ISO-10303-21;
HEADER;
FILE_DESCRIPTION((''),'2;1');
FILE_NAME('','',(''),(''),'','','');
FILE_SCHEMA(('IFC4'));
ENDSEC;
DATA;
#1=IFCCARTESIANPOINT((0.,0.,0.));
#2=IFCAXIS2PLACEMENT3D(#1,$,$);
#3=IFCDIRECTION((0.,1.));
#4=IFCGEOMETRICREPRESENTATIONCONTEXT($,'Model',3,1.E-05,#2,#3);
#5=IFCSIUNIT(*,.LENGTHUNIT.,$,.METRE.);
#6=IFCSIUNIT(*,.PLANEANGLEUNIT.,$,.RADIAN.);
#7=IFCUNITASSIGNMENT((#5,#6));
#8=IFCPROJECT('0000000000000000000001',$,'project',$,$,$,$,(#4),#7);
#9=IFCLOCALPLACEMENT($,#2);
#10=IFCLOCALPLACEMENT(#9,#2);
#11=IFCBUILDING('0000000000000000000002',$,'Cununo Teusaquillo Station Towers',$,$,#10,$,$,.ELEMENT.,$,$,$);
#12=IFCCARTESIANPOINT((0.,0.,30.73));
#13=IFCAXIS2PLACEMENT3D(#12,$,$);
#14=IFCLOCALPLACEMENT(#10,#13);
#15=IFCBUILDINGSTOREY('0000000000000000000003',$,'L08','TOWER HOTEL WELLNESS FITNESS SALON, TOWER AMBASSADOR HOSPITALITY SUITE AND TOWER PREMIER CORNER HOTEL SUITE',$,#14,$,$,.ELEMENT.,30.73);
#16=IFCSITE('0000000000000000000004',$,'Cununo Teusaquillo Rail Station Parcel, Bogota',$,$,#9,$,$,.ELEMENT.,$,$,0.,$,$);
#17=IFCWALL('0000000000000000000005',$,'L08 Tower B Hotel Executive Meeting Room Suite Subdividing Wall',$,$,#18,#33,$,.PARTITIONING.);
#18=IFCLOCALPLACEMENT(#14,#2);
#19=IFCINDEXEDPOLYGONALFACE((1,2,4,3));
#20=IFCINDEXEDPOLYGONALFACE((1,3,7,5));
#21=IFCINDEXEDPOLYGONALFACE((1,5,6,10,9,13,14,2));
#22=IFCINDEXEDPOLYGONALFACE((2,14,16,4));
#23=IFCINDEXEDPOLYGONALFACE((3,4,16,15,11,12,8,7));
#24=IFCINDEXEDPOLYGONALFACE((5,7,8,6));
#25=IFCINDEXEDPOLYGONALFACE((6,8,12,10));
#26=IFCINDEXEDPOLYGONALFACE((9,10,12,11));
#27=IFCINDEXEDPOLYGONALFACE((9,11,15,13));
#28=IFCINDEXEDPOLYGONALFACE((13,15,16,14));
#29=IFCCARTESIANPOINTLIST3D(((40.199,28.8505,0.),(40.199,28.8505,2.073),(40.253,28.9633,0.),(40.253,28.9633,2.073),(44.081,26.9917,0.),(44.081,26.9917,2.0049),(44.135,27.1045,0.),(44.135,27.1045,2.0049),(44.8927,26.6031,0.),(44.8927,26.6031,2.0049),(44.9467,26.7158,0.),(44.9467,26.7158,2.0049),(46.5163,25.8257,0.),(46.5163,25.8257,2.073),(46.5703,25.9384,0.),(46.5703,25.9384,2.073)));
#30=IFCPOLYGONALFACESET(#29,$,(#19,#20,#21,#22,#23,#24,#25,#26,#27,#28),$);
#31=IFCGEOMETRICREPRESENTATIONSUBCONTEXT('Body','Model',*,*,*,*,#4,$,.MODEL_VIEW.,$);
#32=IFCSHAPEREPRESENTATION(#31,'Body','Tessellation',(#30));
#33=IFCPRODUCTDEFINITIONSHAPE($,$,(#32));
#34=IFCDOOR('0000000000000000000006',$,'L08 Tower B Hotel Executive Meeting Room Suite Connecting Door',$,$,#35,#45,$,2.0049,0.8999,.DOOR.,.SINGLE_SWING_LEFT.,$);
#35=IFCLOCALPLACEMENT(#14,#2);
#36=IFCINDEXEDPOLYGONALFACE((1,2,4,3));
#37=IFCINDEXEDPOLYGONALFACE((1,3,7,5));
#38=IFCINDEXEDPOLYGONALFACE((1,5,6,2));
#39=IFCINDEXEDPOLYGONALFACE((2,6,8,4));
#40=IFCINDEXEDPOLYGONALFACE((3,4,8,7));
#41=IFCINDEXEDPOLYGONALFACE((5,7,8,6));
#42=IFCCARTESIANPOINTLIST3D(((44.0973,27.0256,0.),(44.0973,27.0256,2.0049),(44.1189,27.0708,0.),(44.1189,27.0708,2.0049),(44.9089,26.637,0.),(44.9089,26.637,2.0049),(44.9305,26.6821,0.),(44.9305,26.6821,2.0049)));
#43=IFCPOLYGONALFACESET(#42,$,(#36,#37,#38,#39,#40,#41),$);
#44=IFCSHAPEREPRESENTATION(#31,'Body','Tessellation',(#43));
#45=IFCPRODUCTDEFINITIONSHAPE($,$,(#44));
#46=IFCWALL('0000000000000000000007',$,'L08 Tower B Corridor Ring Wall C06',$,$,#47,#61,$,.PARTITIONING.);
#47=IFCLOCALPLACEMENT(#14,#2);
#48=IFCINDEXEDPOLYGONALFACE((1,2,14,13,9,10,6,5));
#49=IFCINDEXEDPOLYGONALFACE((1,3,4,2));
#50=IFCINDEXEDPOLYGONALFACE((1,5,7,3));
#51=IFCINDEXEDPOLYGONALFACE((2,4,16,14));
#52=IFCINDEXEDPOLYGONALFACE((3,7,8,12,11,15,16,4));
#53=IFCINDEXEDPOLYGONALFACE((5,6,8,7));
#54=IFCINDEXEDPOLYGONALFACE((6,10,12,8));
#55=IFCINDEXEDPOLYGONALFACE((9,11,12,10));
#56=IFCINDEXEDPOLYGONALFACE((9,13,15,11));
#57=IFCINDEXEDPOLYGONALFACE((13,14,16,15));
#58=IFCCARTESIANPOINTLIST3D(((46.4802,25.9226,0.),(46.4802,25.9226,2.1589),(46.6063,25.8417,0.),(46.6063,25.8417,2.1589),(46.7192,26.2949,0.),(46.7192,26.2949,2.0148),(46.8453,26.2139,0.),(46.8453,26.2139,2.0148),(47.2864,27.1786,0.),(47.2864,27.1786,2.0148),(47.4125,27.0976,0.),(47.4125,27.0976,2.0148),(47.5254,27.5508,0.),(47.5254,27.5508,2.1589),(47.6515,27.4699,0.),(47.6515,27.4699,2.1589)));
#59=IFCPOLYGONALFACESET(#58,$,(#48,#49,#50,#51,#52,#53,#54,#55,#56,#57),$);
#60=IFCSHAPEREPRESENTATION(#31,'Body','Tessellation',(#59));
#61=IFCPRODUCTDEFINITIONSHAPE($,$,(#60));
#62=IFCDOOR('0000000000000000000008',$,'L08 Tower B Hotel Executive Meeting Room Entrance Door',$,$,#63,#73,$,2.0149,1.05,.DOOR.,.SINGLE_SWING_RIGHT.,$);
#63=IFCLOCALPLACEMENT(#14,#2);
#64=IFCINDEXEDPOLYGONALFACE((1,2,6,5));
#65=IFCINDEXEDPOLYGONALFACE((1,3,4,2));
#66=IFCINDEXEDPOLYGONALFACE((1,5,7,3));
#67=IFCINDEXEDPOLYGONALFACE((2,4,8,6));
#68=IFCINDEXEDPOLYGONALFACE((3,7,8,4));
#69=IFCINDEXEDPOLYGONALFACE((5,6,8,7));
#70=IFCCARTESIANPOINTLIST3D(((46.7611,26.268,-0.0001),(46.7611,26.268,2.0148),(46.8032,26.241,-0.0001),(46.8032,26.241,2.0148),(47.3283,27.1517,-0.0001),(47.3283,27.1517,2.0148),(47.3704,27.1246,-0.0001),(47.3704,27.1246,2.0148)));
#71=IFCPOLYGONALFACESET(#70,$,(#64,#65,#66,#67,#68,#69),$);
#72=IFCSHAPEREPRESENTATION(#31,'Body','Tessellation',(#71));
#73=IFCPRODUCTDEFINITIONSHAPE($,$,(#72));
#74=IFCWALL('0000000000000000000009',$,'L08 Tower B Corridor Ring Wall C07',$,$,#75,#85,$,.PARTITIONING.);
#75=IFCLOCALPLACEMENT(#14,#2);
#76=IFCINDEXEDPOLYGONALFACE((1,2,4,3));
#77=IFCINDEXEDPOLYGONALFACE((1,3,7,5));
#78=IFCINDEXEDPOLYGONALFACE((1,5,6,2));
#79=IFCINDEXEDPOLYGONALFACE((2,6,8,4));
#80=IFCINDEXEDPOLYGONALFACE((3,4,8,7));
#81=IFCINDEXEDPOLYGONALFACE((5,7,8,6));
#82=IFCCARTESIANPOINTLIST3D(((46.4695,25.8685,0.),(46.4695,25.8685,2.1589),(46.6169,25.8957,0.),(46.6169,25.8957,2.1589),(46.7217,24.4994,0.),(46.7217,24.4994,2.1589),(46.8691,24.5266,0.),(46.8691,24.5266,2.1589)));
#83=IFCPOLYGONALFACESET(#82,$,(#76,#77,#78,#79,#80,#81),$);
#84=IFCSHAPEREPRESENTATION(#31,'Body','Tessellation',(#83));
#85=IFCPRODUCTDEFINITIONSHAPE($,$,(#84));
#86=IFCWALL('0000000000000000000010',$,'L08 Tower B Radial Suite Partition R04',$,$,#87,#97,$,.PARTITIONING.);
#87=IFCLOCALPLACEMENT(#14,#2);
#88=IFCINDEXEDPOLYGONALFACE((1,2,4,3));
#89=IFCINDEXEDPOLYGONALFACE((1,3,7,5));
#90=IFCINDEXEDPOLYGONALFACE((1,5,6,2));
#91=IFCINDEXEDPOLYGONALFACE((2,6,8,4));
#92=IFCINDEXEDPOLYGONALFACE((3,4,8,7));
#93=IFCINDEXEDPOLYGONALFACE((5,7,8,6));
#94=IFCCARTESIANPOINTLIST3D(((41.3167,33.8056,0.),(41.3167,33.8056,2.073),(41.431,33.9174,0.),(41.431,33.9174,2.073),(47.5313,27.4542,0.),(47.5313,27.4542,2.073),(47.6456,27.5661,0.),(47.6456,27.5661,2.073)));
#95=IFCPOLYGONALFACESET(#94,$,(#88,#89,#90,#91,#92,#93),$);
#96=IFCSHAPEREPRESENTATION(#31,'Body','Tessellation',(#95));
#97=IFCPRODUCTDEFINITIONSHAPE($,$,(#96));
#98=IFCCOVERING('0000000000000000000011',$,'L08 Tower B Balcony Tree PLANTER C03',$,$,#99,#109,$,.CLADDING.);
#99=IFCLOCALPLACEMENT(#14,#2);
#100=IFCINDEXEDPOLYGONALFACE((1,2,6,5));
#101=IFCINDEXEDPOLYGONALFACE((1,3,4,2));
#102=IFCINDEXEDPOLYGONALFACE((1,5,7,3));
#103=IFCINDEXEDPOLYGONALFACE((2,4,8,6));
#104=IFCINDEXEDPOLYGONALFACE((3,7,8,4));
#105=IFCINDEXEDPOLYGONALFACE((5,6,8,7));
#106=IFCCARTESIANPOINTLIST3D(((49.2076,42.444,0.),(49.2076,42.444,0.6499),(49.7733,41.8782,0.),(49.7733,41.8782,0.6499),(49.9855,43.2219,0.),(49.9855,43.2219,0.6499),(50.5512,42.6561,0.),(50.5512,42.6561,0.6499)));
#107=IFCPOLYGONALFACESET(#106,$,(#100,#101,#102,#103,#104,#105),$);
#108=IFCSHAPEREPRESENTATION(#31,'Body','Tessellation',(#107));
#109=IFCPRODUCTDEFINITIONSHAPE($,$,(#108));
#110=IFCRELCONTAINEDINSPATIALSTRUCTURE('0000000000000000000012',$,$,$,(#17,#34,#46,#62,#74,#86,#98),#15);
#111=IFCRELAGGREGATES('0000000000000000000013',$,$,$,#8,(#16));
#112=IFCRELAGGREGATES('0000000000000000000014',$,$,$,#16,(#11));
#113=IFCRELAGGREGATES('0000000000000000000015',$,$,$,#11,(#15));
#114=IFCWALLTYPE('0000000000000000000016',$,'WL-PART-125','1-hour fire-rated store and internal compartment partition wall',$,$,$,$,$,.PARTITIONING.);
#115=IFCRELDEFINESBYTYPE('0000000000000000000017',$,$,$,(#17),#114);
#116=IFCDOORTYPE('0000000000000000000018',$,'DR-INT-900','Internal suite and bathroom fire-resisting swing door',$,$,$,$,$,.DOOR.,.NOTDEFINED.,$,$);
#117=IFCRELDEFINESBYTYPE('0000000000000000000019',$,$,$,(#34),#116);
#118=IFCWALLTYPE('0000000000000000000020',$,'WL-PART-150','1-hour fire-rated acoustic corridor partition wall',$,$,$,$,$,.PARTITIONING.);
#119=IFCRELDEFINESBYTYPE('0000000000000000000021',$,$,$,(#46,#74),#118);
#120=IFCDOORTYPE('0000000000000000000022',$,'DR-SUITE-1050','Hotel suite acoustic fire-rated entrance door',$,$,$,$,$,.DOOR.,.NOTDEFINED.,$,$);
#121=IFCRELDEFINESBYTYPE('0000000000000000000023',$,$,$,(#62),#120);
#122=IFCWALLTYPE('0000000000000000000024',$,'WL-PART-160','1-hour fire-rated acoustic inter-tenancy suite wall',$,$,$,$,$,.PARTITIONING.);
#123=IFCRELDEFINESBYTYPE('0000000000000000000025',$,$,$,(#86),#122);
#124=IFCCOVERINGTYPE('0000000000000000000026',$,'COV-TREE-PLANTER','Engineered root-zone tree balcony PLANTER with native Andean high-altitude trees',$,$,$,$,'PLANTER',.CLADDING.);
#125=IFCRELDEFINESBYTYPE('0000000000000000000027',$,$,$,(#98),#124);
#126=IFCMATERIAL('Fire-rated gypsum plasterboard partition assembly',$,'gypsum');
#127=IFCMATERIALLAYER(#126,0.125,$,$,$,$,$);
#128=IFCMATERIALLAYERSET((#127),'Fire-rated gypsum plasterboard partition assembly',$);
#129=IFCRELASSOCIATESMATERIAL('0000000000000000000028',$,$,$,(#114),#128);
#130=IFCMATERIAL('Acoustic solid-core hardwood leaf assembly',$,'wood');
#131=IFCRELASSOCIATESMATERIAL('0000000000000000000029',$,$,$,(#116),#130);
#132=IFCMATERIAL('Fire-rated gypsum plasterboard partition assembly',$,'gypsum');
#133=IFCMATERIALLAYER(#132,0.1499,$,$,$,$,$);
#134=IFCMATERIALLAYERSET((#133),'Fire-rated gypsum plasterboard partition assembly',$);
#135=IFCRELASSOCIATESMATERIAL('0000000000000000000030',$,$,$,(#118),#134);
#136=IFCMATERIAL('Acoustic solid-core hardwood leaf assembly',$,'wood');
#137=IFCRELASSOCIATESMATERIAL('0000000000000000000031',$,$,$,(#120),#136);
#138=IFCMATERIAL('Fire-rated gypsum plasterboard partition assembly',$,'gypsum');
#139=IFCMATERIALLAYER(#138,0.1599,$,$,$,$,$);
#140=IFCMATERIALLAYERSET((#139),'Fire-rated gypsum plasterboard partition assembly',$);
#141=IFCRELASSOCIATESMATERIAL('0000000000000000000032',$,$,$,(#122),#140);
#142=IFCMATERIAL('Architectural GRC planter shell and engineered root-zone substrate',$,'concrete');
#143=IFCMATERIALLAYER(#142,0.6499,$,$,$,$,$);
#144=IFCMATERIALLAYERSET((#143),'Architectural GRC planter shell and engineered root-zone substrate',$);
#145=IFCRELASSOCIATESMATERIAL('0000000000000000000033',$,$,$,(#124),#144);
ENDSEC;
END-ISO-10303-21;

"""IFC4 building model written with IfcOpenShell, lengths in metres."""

from ifc_helpers import new_model, si_unit, direction, frame, frame_2d, origin, origin_2d, place, context, subcontext, project, spatial, rectangle, extrude, source, transform, mapped, material, layer, layer_set, type_object, element, fill, save


model = new_model("IFC4")

# Units and contexts
model_context = context("Model", 3, precision=1e-05, world=origin(), true_north=direction((0.0, 1.0)))
body_context = subcontext(model_context, "Body", "Model", "MODEL_VIEW")
ifc_project = project(units=[si_unit("LENGTHUNIT", "METRE"), si_unit("PLANEANGLEUNIT", "RADIAN")], contexts=[model_context])

# Site, building, storey
site_placement = place(None, origin())
site = spatial("IfcSite", under=ifc_project, at=site_placement, Name="Cununo Teusaquillo Rail Station Parcel, Bogota", CompositionType="ELEMENT", RefElevation=0.0)
building_placement = place(site_placement, origin())
building = spatial("IfcBuilding", under=site, at=building_placement, Name="Cununo Teusaquillo Station Towers", CompositionType="ELEMENT")
storey_placement = place(building_placement, frame((0.0, 0.0, 30.73)))
storey = spatial("IfcBuildingStorey", under=building, at=storey_placement, Name="L08", Description="TOWER HOTEL WELLNESS FITNESS SALON, TOWER AMBASSADOR HOSPITALITY SUITE AND TOWER PREMIER CORNER HOTEL SUITE", CompositionType="ELEMENT", Elevation=30.73)

# Shared definitions
ifc_material_1 = material(Name="Fire-rated gypsum plasterboard partition assembly", Category="gypsum")
ifc_layer_1 = layer(ifc_material_1, 0.125)
ifc_layer_set_1 = layer_set([ifc_layer_1], Name="Fire-rated gypsum plasterboard partition assembly")
wall_type_1 = type_object("IfcWallType", Name="WL-PART-125", Description="1-hour fire-rated store and internal compartment partition wall", PredefinedType="PARTITIONING", material=ifc_layer_set_1)

# Walls, openings, doors
shared_shape_1 = source(origin(), body_context, "Body", "SweptSolid", [
    extrude(rectangle(XDim=0.8999, YDim=2.0049, at=frame_2d((0.45, 1.0024))), frame((0.0, 0.0725, 0.0), z_axis=(0.0, -1.0, 0.0), x_axis=(1.0, 0.0, 0.0)), (0.0, 0.0, 1.0), 0.145),
])
ifc_material_2 = material(Name="Acoustic solid-core hardwood leaf assembly", Category="wood")
door_type_1 = type_object("IfcDoorType", Name="DR-INT-900", Description="Internal suite and bathroom fire-resisting swing door", OperationType="NOTDEFINED", PredefinedType="DOOR", material=ifc_material_2)
shared_shape_2 = source(origin(), body_context, "Body", "SweptSolid", [
    extrude(rectangle(XDim=0.8999, YDim=2.0049, at=frame_2d((0.45, 1.0024))), frame((0.0, 0.0249, 0.0), z_axis=(0.0, -1.0, 0.0), x_axis=(1.0, 0.0, 0.0)), (0.0, 0.0, 1.0), 0.05),
])
wall_1_placement = place(storey_placement, frame((46.5432, 25.8821, 0.0), z_axis=(0.0, 0.0, 1.0), x_axis=(-0.901937, 0.431867, 0.0)))
wall_1 = element("IfcWall", 1, at=wall_1_placement, inside=storey, type_object=wall_type_1, Name="L08 Tower B Hotel Executive Meeting Room Suite Subdividing Wall", PredefinedType="PARTITIONING", context=body_context, shape_type="SweptSolid", body=[
    extrude(rectangle(XDim=7.0042, YDim=0.125, at=frame_2d((3.502, 0.0))), origin(), (0.0, 0.0, 1.0), 2.073),
])
opening_1_placement = place(wall_1_placement, frame((1.8, 0.0, 0.0)))
opening_1 = element("IfcOpeningElement", 2, at=opening_1_placement, cuts=wall_1, PredefinedType="OPENING", context=body_context, shape_type="MappedRepresentation", body=[
    mapped(shared_shape_1, transform((0.0, 0.0, 0.0), x_axis=(1.0, 0.0, 0.0), y_axis=(0.0, 1.0, 0.0), z_axis=(0.0, 0.0, 1.0), scale=1.0)),
])
door_1_placement = place(opening_1_placement, origin())
door_1 = element("IfcDoor", 3, at=door_1_placement, inside=storey, type_object=door_type_1, Name="L08 Tower B Hotel Executive Meeting Room Suite Connecting Door", OperationType="SINGLE_SWING_LEFT", OverallHeight=2.0049, OverallWidth=0.8999, PredefinedType="DOOR", context=body_context, shape_type="MappedRepresentation", body=[
    mapped(shared_shape_2, transform((0.0, 0.0, 0.0), x_axis=(1.0, 0.0, 0.0), y_axis=(0.0, 1.0, 0.0), z_axis=(0.0, 0.0, 1.0), scale=1.0)),
])
fill(opening_1, door_1)
ifc_material_3 = material(Name="Fire-rated gypsum plasterboard partition assembly", Category="gypsum")
ifc_layer_2 = layer(ifc_material_3, 0.1499)
ifc_layer_set_2 = layer_set([ifc_layer_2], Name="Fire-rated gypsum plasterboard partition assembly")
wall_type_2 = type_object("IfcWallType", Name="WL-PART-150", Description="1-hour fire-rated acoustic corridor partition wall", PredefinedType="PARTITIONING", material=ifc_layer_set_2)
wall_2_placement = place(storey_placement, frame((47.5884, 27.5103, 0.0), z_axis=(0.0, 0.0, 1.0), x_axis=(-0.540203, -0.841535, 0.0)))
wall_2 = element("IfcWall", 4, at=wall_2_placement, inside=storey, type_object=wall_type_2, Name="L08 Tower B Corridor Ring Wall C06", PredefinedType="PARTITIONING", context=body_context, shape_type="SweptSolid", body=[
    extrude(rectangle(XDim=1.9348, YDim=0.1499, at=frame_2d((0.9673, 0.0))), origin(), (0.0, 0.0, 1.0), 2.1589),
])
shared_shape_3 = source(origin(), body_context, "Body", "SweptSolid", [
    extrude(rectangle(XDim=1.05, YDim=2.0149, at=frame_2d((0.5249, 1.0073))), frame((0.0, 0.085, 0.0), z_axis=(0.0, -1.0, 0.0), x_axis=(1.0, 0.0, 0.0)), (0.0, 0.0, 1.0), 0.1699),
])
opening_2_placement = place(wall_2_placement, frame((0.4424, 0.0, 0.0)))
opening_2 = element("IfcOpeningElement", 5, at=opening_2_placement, cuts=wall_2, PredefinedType="OPENING", context=body_context, shape_type="MappedRepresentation", body=[
    mapped(shared_shape_3, transform((0.0, 0.0, 0.0), x_axis=(1.0, 0.0, 0.0), y_axis=(0.0, 1.0, 0.0), z_axis=(0.0, 0.0, 1.0), scale=1.0)),
])
ifc_material_4 = material(Name="Acoustic solid-core hardwood leaf assembly", Category="wood")
door_type_2 = type_object("IfcDoorType", Name="DR-SUITE-1050", Description="Hotel suite acoustic fire-rated entrance door", OperationType="NOTDEFINED", PredefinedType="DOOR", material=ifc_material_4)
shared_shape_4 = source(origin(), body_context, "Body", "SweptSolid", [
    extrude(rectangle(XDim=1.05, YDim=2.0149, at=frame_2d((0.5249, 1.0073))), frame((0.0, 0.0249, 0.0), z_axis=(0.0, -1.0, 0.0), x_axis=(1.0, 0.0, 0.0)), (0.0, 0.0, 1.0), 0.05),
])
door_2_placement = place(opening_2_placement, origin())
door_2 = element("IfcDoor", 6, at=door_2_placement, inside=storey, type_object=door_type_2, Name="L08 Tower B Hotel Executive Meeting Room Entrance Door", OperationType="SINGLE_SWING_RIGHT", OverallHeight=2.0149, OverallWidth=1.05, PredefinedType="DOOR", context=body_context, shape_type="MappedRepresentation", body=[
    mapped(shared_shape_4, transform((0.0, 0.0, 0.0), x_axis=(1.0, 0.0, 0.0), y_axis=(0.0, 1.0, 0.0), z_axis=(0.0, 0.0, 1.0), scale=1.0)),
])
fill(opening_2, door_2)

# Walls
wall_3_placement = place(storey_placement, frame((46.5432, 25.8821, 0.0), z_axis=(0.0, 0.0, 1.0), x_axis=(0.181154, -0.983455, 0.0)))
element("IfcWall", 7, at=wall_3_placement, inside=storey, type_object=wall_type_2, Name="L08 Tower B Corridor Ring Wall C07", PredefinedType="PARTITIONING", context=body_context, shape_type="SweptSolid", body=[
    extrude(rectangle(XDim=1.3921, YDim=0.1499, at=frame_2d((0.696, 0.0))), origin(), (0.0, 0.0, 1.0), 2.1589),
])
ifc_material_5 = material(Name="Fire-rated gypsum plasterboard partition assembly", Category="gypsum")
ifc_layer_3 = layer(ifc_material_5, 0.1599)
ifc_layer_set_3 = layer_set([ifc_layer_3], Name="Fire-rated gypsum plasterboard partition assembly")
wall_type_3 = type_object("IfcWallType", Name="WL-PART-160", Description="1-hour fire-rated acoustic inter-tenancy suite wall", PredefinedType="PARTITIONING", material=ifc_layer_set_3)
wall_4_placement = place(storey_placement, frame((47.5884, 27.5103, 0.0), z_axis=(0.0, 0.0, 1.0), x_axis=(-0.699372, 0.714758, 0.0)))
element("IfcWall", 8, at=wall_4_placement, inside=storey, type_object=wall_type_3, Name="L08 Tower B Radial Suite Partition R04", PredefinedType="PARTITIONING", context=body_context, shape_type="SweptSolid", body=[
    extrude(rectangle(XDim=8.886, YDim=0.1599, at=frame_2d((4.4429, 0.0))), origin(), (0.0, 0.0, 1.0), 2.073),
])

# Covering
ifc_material_6 = material(Name="Architectural GRC planter shell and engineered root-zone substrate", Category="concrete")
ifc_layer_4 = layer(ifc_material_6, 0.6499)
ifc_layer_set_4 = layer_set([ifc_layer_4], Name="Architectural GRC planter shell and engineered root-zone substrate")
covering_type = type_object("IfcCoveringType", Name="COV-TREE-PLANTER", Description="Engineered root-zone tree balcony PLANTER with native Andean high-altitude trees", ElementType="PLANTER", PredefinedType="CLADDING", material=ifc_layer_set_4)
shared_shape_5 = source(origin(), body_context, "Body", "SweptSolid", [
    extrude(rectangle(XDim=1.1001, YDim=0.8, at=origin_2d()), origin(), (0.0, 0.0, 1.0), 0.6499),
])
covering_placement = place(storey_placement, frame((49.8794, 42.55, 0.0), z_axis=(0.0, 0.0, 1.0), x_axis=(0.707107, 0.707107, 0.0)))
element("IfcCovering", 9, at=covering_placement, inside=storey, type_object=covering_type, Name="L08 Tower B Balcony Tree PLANTER C03", PredefinedType="CLADDING", context=body_context, shape_type="MappedRepresentation", body=[
    mapped(shared_shape_5, transform((0.0, 0.0, 0.0), x_axis=(1.0, 0.0, 0.0), y_axis=(0.0, 1.0, 0.0), z_axis=(0.0, 0.0, 1.0), scale=1.0)),
])

save(model, "model.ifc")
